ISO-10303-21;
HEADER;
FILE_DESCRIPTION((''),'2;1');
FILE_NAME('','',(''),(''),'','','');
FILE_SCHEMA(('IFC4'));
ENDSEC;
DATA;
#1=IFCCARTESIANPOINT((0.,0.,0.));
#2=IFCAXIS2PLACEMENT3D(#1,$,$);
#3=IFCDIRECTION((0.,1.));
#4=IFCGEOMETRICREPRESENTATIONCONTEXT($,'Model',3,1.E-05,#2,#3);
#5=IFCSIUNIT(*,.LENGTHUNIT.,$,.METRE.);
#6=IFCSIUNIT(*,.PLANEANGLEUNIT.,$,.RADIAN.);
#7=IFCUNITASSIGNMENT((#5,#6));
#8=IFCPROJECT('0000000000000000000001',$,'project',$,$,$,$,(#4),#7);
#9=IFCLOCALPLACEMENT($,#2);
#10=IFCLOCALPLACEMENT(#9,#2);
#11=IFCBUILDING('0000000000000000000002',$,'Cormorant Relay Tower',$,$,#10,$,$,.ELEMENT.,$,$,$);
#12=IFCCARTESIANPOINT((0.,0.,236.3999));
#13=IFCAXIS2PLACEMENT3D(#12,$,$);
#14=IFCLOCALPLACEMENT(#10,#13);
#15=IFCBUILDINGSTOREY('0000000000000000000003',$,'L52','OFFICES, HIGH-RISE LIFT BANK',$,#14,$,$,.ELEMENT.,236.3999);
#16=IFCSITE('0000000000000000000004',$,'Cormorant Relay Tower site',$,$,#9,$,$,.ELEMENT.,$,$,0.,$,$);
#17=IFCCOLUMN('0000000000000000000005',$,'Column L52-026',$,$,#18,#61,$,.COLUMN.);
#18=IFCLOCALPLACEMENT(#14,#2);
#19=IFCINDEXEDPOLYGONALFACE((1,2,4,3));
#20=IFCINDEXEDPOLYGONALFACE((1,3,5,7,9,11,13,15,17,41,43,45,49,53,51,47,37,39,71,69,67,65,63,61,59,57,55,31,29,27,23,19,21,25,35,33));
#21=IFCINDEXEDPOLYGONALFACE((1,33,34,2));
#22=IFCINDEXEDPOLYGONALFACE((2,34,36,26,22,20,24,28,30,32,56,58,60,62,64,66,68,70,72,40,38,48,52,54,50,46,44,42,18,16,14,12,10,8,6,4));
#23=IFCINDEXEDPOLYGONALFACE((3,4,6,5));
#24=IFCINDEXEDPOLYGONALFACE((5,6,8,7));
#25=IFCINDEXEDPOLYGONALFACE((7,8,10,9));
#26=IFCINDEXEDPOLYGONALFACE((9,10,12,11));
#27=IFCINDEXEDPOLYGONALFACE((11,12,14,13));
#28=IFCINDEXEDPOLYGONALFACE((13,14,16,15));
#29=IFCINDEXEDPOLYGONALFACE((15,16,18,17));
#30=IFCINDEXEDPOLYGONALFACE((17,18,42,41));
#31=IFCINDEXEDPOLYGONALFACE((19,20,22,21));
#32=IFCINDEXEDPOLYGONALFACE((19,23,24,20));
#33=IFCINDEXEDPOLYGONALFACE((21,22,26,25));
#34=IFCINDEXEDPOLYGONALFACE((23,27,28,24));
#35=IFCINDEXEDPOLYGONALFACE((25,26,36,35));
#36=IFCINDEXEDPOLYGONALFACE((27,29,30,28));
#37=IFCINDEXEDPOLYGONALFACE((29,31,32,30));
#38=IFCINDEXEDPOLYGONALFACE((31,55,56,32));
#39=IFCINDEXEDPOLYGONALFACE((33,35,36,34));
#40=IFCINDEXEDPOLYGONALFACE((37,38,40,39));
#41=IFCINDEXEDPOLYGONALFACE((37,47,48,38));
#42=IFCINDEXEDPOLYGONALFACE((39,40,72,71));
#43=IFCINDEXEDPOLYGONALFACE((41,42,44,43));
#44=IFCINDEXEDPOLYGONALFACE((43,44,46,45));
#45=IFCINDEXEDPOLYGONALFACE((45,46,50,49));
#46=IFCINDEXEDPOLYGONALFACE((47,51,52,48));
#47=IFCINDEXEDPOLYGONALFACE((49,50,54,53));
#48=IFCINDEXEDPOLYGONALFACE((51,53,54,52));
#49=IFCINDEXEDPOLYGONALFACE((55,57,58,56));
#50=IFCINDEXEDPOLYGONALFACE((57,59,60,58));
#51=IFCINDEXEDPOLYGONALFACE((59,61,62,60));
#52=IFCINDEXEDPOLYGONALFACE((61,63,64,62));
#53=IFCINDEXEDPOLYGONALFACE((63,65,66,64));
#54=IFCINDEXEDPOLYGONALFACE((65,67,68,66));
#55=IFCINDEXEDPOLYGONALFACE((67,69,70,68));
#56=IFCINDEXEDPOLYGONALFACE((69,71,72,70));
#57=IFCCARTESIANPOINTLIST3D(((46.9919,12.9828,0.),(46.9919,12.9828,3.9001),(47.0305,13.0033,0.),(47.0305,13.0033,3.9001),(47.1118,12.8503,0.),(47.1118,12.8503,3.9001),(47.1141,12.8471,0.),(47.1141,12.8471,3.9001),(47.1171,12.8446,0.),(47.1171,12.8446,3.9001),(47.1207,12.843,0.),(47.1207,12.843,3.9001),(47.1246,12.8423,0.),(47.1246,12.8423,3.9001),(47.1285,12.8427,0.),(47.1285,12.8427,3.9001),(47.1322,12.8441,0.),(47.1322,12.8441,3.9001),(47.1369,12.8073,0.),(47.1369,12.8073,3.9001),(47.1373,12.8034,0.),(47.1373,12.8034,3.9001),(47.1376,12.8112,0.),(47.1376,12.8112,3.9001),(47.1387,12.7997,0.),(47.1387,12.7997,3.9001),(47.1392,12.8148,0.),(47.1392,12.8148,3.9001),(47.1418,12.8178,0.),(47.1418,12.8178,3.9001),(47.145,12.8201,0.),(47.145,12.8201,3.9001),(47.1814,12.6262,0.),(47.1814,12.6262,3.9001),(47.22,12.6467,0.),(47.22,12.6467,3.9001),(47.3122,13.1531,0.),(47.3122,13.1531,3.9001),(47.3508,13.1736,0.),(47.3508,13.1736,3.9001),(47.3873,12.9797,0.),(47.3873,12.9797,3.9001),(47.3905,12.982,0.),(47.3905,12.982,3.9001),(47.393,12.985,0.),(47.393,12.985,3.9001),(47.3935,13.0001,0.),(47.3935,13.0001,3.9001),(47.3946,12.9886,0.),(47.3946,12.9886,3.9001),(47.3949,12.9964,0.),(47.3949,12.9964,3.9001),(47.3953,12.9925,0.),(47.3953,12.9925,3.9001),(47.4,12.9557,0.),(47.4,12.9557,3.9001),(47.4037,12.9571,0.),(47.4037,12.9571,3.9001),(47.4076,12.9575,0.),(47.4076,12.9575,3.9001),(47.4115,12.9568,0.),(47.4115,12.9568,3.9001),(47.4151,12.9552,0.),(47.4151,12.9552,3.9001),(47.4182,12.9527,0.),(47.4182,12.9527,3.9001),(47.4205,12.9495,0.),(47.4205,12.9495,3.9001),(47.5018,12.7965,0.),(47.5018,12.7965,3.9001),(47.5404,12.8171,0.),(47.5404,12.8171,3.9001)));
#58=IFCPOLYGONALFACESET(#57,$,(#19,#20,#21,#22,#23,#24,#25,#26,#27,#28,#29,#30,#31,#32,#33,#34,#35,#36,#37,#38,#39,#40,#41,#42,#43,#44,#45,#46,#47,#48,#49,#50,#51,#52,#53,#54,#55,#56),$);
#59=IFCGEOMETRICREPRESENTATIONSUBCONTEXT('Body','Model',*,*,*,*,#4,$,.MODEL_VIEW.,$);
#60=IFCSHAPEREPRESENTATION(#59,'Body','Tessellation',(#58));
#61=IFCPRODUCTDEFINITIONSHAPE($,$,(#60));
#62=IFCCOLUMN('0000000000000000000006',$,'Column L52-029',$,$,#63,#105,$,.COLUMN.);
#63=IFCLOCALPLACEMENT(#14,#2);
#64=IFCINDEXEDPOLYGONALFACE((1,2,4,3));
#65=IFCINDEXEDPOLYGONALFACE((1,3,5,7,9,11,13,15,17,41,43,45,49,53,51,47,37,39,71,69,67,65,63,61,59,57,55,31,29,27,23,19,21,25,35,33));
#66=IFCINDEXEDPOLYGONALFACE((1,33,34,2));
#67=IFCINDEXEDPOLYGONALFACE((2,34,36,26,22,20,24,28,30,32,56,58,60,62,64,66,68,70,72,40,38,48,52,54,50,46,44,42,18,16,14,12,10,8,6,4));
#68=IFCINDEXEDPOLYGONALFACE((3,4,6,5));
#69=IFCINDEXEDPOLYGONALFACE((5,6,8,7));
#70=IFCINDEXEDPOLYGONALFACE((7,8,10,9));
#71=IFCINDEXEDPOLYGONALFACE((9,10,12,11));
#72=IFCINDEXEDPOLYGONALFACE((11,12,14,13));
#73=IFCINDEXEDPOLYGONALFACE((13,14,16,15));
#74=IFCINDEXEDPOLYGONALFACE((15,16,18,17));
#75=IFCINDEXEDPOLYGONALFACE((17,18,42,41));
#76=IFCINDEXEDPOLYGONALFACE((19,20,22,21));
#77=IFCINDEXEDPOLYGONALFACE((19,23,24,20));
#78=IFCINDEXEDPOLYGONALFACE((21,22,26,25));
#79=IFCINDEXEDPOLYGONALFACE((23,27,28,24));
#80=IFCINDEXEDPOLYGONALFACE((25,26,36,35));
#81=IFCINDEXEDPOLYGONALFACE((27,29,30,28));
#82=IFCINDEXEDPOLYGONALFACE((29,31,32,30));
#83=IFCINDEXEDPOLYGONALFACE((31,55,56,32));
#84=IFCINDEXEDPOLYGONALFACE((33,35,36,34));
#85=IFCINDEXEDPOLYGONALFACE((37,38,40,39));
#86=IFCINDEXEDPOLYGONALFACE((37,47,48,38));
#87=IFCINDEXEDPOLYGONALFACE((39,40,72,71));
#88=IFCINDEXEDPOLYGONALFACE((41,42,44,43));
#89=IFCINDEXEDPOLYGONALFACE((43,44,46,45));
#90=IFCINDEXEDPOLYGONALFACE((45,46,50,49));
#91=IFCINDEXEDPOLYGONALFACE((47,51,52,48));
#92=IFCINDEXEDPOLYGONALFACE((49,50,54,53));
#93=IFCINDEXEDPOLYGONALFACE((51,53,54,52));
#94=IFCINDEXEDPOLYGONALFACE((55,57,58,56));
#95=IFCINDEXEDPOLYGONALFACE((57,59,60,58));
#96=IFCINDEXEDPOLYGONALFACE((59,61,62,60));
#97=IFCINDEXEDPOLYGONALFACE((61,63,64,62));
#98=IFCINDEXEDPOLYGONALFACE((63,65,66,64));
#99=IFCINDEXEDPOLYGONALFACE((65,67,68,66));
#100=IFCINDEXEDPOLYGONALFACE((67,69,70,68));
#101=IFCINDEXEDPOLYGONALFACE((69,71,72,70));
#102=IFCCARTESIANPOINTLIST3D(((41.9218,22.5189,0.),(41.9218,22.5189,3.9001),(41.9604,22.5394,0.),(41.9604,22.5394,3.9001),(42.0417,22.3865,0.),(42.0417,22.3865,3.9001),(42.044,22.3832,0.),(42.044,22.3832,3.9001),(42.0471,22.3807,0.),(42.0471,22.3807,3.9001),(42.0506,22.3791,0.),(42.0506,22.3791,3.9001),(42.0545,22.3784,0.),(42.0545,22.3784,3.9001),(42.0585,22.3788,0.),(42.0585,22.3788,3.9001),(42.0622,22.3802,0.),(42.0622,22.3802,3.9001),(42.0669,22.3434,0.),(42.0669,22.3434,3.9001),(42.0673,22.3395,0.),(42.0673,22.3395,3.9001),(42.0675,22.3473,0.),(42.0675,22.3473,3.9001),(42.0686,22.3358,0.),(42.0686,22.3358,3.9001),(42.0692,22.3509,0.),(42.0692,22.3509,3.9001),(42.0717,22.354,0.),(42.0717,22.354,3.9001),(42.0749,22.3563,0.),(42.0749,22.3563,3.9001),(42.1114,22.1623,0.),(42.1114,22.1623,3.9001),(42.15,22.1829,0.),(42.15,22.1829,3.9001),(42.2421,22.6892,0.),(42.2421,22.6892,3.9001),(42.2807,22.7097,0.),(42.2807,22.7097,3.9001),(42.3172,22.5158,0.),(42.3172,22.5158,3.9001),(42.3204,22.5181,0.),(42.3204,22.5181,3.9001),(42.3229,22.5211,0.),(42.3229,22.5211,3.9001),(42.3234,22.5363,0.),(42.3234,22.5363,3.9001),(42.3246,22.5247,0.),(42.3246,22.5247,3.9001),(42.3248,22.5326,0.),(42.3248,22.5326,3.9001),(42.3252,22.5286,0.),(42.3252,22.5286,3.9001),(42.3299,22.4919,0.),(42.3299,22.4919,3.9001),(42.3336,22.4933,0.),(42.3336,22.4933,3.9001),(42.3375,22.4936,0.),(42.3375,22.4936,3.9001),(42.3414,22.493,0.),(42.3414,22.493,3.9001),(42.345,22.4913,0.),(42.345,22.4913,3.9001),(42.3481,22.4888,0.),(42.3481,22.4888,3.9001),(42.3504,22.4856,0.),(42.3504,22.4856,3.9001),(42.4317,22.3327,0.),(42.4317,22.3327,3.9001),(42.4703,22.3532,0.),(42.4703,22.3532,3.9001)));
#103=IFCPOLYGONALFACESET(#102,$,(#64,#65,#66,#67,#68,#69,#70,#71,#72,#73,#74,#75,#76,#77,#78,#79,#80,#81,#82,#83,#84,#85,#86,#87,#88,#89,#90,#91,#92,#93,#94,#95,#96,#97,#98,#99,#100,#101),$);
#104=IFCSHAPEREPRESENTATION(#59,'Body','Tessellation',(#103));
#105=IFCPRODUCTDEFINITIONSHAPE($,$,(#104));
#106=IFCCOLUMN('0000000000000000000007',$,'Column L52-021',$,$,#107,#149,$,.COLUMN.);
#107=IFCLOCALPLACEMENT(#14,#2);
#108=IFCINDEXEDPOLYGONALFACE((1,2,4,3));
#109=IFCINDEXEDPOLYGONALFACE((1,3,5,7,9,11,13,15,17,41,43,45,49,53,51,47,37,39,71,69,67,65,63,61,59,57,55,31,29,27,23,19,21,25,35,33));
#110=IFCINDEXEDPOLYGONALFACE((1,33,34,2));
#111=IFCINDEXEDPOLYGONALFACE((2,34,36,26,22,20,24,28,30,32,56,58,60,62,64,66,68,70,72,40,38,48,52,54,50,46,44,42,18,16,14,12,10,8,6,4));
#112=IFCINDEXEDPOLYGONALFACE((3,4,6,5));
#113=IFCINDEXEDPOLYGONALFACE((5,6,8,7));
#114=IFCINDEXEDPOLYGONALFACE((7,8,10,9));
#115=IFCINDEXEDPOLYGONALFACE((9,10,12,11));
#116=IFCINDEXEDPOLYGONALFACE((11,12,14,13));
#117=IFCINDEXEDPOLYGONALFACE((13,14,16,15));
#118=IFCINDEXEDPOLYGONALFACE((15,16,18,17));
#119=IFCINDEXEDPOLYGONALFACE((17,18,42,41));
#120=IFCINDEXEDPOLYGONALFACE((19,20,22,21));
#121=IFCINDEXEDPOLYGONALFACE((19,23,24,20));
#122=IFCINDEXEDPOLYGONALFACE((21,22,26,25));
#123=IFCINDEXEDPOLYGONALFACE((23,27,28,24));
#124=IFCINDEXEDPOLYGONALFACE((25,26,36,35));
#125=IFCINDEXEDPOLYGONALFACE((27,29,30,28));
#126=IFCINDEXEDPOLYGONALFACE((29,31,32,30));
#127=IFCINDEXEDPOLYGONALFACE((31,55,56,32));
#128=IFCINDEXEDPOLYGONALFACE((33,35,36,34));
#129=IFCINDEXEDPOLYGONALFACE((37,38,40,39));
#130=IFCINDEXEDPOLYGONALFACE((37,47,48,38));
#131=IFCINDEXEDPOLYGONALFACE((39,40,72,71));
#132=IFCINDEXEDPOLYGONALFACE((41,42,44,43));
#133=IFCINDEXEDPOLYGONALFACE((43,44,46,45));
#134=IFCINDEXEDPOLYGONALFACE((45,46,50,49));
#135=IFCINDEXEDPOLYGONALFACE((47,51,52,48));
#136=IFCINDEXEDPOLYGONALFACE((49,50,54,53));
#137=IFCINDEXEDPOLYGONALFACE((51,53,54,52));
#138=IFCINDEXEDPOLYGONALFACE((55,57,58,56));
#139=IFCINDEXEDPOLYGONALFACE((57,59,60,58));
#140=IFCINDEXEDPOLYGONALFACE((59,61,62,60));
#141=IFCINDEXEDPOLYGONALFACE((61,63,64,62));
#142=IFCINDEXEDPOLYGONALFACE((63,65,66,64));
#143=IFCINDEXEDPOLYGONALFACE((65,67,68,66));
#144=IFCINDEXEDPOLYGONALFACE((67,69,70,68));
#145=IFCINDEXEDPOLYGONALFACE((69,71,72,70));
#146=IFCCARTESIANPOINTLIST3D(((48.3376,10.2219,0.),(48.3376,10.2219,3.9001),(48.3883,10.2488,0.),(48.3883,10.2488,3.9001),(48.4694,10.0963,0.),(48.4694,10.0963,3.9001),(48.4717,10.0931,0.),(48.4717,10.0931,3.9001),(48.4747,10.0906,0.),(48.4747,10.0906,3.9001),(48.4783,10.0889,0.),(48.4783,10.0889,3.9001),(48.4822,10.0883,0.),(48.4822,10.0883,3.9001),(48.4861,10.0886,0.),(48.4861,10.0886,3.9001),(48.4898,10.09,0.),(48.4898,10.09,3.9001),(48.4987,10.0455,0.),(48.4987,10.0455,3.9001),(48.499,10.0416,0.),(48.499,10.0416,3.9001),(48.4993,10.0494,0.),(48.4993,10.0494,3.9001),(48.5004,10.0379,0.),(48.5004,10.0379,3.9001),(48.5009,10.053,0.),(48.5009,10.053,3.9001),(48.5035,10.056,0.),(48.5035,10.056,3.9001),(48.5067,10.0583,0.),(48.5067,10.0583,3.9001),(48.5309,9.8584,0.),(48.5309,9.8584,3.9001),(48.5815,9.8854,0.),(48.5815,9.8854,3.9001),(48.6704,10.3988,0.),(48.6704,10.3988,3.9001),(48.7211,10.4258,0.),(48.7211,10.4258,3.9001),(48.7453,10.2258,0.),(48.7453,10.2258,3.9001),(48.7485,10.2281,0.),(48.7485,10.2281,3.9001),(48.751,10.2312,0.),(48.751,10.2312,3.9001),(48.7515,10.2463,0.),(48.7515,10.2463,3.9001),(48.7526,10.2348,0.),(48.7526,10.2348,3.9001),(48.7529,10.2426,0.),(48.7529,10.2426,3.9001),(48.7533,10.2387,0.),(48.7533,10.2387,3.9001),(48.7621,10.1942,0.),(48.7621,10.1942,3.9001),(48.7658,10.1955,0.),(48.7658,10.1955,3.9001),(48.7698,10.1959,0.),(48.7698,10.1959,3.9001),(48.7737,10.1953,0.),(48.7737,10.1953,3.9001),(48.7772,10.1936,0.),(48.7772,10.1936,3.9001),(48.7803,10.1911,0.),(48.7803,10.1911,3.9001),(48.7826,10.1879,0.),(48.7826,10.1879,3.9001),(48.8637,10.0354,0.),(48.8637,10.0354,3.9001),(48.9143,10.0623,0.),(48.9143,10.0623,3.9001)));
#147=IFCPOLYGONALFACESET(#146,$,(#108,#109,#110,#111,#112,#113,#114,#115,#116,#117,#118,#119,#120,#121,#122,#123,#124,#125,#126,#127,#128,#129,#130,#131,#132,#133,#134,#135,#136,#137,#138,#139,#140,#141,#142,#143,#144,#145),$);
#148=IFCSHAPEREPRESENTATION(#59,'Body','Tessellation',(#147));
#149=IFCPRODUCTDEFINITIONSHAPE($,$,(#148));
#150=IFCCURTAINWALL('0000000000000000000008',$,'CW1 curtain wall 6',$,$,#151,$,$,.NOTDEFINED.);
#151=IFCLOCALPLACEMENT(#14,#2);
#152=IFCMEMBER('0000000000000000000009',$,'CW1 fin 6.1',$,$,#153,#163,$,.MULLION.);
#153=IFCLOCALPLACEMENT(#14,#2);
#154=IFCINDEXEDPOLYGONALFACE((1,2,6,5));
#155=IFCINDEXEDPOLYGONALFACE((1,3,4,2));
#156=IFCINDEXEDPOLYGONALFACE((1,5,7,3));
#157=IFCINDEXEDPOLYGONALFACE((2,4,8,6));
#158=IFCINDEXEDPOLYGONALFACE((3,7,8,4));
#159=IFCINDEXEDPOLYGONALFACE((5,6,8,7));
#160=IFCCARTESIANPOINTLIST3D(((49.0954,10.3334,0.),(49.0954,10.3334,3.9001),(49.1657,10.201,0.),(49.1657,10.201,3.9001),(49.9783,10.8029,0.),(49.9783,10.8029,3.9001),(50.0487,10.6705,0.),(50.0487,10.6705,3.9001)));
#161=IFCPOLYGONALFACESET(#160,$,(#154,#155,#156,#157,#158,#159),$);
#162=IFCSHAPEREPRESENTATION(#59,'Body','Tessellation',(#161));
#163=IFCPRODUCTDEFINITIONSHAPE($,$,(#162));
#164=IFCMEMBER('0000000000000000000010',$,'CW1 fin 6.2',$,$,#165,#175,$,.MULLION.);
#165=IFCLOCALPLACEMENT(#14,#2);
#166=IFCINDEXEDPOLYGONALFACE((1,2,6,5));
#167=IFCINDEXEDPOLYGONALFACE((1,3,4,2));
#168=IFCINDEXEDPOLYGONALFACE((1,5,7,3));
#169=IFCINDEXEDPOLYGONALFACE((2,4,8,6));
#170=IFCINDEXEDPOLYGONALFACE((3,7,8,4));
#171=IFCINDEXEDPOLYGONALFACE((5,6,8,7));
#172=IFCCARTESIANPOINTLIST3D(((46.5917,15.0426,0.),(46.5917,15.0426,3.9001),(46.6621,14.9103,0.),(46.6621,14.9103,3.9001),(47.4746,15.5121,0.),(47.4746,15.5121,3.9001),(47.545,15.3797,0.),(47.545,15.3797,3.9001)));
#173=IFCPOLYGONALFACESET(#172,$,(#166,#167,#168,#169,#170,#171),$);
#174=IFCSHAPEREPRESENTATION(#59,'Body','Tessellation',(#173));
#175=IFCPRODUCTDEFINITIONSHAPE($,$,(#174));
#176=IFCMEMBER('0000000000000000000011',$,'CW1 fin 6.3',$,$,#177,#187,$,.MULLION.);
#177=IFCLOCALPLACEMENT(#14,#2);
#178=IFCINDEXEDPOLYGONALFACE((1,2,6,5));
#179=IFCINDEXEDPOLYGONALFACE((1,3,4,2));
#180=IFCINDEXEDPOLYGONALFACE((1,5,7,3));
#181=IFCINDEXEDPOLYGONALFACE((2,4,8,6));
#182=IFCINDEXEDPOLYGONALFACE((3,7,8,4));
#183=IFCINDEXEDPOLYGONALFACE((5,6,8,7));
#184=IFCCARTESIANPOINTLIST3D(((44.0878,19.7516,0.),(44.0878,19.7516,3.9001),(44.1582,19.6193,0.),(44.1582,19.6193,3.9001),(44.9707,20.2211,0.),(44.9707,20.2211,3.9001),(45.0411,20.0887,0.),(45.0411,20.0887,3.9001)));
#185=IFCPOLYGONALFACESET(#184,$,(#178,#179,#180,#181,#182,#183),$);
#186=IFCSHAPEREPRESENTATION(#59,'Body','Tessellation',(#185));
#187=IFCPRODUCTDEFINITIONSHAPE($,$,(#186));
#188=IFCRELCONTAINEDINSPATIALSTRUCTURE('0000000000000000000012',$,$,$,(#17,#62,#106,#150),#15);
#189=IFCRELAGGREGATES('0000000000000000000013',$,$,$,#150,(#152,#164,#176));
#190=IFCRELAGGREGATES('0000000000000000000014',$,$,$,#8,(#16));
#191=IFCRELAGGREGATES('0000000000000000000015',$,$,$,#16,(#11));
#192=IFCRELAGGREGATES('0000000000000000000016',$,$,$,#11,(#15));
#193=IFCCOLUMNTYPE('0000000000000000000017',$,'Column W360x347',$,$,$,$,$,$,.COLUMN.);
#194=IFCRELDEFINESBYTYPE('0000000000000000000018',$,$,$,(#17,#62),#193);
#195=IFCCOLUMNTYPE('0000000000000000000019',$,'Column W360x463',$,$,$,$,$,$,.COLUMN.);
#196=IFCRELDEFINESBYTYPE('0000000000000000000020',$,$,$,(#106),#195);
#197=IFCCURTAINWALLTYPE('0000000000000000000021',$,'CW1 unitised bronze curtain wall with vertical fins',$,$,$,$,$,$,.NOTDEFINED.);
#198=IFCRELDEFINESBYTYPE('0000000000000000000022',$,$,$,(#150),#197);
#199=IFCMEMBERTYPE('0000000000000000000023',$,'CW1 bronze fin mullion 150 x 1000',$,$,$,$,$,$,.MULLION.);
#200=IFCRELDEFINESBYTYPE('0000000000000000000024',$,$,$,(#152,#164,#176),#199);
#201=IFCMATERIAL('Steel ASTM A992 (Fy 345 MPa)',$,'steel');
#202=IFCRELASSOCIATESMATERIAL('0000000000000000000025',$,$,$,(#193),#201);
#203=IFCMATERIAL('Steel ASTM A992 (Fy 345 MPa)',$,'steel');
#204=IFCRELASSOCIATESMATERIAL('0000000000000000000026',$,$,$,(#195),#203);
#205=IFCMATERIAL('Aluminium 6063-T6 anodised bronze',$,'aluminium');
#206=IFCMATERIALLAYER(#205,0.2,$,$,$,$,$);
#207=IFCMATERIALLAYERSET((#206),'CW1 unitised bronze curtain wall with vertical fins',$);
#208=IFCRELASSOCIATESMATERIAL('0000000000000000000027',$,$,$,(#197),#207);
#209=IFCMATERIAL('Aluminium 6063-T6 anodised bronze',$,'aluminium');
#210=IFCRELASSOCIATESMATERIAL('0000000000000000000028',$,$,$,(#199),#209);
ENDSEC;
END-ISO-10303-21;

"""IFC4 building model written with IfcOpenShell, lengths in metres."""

from ifc_helpers import new_model, si_unit, direction, frame, origin, origin_2d, place, context, subcontext, project, spatial, rectangle, i_section, extrude, material, layer, layer_set, material_profile, profile_set, type_object, element, aggregate, save


model = new_model("IFC4")

# Units and contexts
model_context = context("Model", 3, precision=1e-05, world=origin(), true_north=direction((0.0, 1.0)))
body_context = subcontext(model_context, "Body", "Model", "MODEL_VIEW")
ifc_project = project(units=[si_unit("LENGTHUNIT", "METRE"), si_unit("PLANEANGLEUNIT", "RADIAN")], contexts=[model_context])

# Site, building, storey
site_placement = place(None, origin())
site = spatial("IfcSite", under=ifc_project, at=site_placement, Name="Cormorant Relay Tower site", CompositionType="ELEMENT", RefElevation=0.0)
building_placement = place(site_placement, origin())
building = spatial("IfcBuilding", under=site, at=building_placement, Name="Cormorant Relay Tower", CompositionType="ELEMENT")
storey_placement = place(building_placement, frame((0.0, 0.0, 236.3999)))
storey = spatial("IfcBuildingStorey", under=building, at=storey_placement, Name="L52", Description="OFFICES, HIGH-RISE LIFT BANK", CompositionType="ELEMENT", Elevation=236.3999)

# Columns
ifc_material_1 = material(Name="Steel ASTM A992 (Fy 345 MPa)", Category="steel")
ifc_material_profile_1 = material_profile(ifc_material_1, i_section(OverallWidth=0.4038, OverallDepth=0.4065, WebThickness=0.0271, FlangeThickness=0.0437, FilletRadius=0.0151, at=origin_2d()), Name="W360x347")
ifc_profile_set_1 = profile_set([ifc_material_profile_1], Name="Steel ASTM A992 (Fy 345 MPa)")
column_type_1 = type_object("IfcColumnType", Name="Column W360x347", PredefinedType="COLUMN", material=ifc_profile_set_1)
for number, where, z_axis, x_axis, name in (
    (1, (47.2661, 12.8999, 0.0), (0.0, 0.0, 1.0), (-0.469472, 0.882948, 0.0), "Column L52-026"),
    (2, (42.196, 22.436, 0.0), (0.0, 0.0, 1.0), (-0.469472, 0.882948, 0.0), "Column L52-029"),
):
    element("IfcColumn", number, at=place(storey_placement, frame(where, z_axis=z_axis, x_axis=x_axis)), inside=storey, type_object=column_type_1, Name=name, PredefinedType="COLUMN", context=body_context, shape_type="SweptSolid", body=[
        extrude(i_section(OverallWidth=0.4038, OverallDepth=0.4065, WebThickness=0.0271, FlangeThickness=0.0437, FilletRadius=0.0151, at=origin_2d()), origin(), (0.0, 0.0, 1.0), 3.9001),
    ])
ifc_material_2 = material(Name="Steel ASTM A992 (Fy 345 MPa)", Category="steel")
ifc_material_profile_2 = material_profile(ifc_material_2, i_section(OverallWidth=0.4116, OverallDepth=0.4343, WebThickness=0.0359, FlangeThickness=0.0574, FilletRadius=0.0151, at=origin_2d()), Name="W360x463")
ifc_profile_set_2 = profile_set([ifc_material_profile_2], Name="Steel ASTM A992 (Fy 345 MPa)")
column_type_2 = type_object("IfcColumnType", Name="Column W360x463", PredefinedType="COLUMN", material=ifc_profile_set_2)
column_placement = place(storey_placement, frame((48.626, 10.1421, 0.0), z_axis=(0.0, 0.0, 1.0), x_axis=(-0.469472, 0.882948, 0.0)))
element("IfcColumn", 3, at=column_placement, inside=storey, type_object=column_type_2, Name="Column L52-021", PredefinedType="COLUMN", context=body_context, shape_type="SweptSolid", body=[
    extrude(i_section(OverallWidth=0.4116, OverallDepth=0.4343, WebThickness=0.0359, FlangeThickness=0.0574, FilletRadius=0.0151, at=origin_2d()), origin(), (0.0, 0.0, 1.0), 3.9001),
])

# Curtain wall, members
ifc_material_3 = material(Name="Aluminium 6063-T6 anodised bronze", Category="aluminium")
ifc_layer_1 = layer(ifc_material_3, 0.2)
ifc_layer_set_1 = layer_set([ifc_layer_1], Name="CW1 unitised bronze curtain wall with vertical fins")
curtain_wall_type = type_object("IfcCurtainWallType", Name="CW1 unitised bronze curtain wall with vertical fins", PredefinedType="NOTDEFINED", material=ifc_layer_set_1)
curtain_wall_1_placement = place(storey_placement, origin())
curtain_wall_1 = element("IfcCurtainWall", 4, at=curtain_wall_1_placement, inside=storey, type_object=curtain_wall_type, Name="CW1 curtain wall 6", PredefinedType="NOTDEFINED")
ifc_material_4 = material(Name="Aluminium 6063-T6 anodised bronze", Category="aluminium")
ifc_material_profile_3 = material_profile(ifc_material_4, rectangle(XDim=0.1499, YDim=1.0, at=origin_2d()), Name="AL 150x1000")
ifc_profile_set_3 = profile_set([ifc_material_profile_3], Name="Aluminium 6063-T6 anodised bronze")
member_type_1 = type_object("IfcMemberType", Name="CW1 bronze fin mullion 150 x 1000", PredefinedType="MULLION", material=ifc_profile_set_3)
member_1_placement = place(storey_placement, frame((49.572, 10.502, 0.0), z_axis=(0.0, 0.0, 1.0), x_axis=(-0.469472, 0.882948, 0.0)))
member_1 = element("IfcMember", 5, at=member_1_placement, type_object=member_type_1, Name="CW1 fin 6.1", PredefinedType="MULLION", context=body_context, shape_type="SweptSolid", body=[
    extrude(rectangle(XDim=0.1499, YDim=1.0, at=origin_2d()), origin(), (0.0, 0.0, 1.0), 3.9001),
])
member_2_placement = place(storey_placement, frame((47.0684, 15.2112, 0.0), z_axis=(0.0, 0.0, 1.0), x_axis=(-0.469472, 0.882948, 0.0)))
member_2 = element("IfcMember", 6, at=member_2_placement, type_object=member_type_1, Name="CW1 fin 6.2", PredefinedType="MULLION", context=body_context, shape_type="SweptSolid", body=[
    extrude(rectangle(XDim=0.1499, YDim=1.0, at=origin_2d()), origin(), (0.0, 0.0, 1.0), 3.9001),
])
member_3_placement = place(storey_placement, frame((44.5645, 19.9202, 0.0), z_axis=(0.0, 0.0, 1.0), x_axis=(-0.469472, 0.882948, 0.0)))
member_3 = element("IfcMember", 7, at=member_3_placement, type_object=member_type_1, Name="CW1 fin 6.3", PredefinedType="MULLION", context=body_context, shape_type="SweptSolid", body=[
    extrude(rectangle(XDim=0.1499, YDim=1.0, at=origin_2d()), origin(), (0.0, 0.0, 1.0), 3.9001),
])

aggregate(curtain_wall_1, [member_1, member_2, member_3])

save(model, "model.ifc")
